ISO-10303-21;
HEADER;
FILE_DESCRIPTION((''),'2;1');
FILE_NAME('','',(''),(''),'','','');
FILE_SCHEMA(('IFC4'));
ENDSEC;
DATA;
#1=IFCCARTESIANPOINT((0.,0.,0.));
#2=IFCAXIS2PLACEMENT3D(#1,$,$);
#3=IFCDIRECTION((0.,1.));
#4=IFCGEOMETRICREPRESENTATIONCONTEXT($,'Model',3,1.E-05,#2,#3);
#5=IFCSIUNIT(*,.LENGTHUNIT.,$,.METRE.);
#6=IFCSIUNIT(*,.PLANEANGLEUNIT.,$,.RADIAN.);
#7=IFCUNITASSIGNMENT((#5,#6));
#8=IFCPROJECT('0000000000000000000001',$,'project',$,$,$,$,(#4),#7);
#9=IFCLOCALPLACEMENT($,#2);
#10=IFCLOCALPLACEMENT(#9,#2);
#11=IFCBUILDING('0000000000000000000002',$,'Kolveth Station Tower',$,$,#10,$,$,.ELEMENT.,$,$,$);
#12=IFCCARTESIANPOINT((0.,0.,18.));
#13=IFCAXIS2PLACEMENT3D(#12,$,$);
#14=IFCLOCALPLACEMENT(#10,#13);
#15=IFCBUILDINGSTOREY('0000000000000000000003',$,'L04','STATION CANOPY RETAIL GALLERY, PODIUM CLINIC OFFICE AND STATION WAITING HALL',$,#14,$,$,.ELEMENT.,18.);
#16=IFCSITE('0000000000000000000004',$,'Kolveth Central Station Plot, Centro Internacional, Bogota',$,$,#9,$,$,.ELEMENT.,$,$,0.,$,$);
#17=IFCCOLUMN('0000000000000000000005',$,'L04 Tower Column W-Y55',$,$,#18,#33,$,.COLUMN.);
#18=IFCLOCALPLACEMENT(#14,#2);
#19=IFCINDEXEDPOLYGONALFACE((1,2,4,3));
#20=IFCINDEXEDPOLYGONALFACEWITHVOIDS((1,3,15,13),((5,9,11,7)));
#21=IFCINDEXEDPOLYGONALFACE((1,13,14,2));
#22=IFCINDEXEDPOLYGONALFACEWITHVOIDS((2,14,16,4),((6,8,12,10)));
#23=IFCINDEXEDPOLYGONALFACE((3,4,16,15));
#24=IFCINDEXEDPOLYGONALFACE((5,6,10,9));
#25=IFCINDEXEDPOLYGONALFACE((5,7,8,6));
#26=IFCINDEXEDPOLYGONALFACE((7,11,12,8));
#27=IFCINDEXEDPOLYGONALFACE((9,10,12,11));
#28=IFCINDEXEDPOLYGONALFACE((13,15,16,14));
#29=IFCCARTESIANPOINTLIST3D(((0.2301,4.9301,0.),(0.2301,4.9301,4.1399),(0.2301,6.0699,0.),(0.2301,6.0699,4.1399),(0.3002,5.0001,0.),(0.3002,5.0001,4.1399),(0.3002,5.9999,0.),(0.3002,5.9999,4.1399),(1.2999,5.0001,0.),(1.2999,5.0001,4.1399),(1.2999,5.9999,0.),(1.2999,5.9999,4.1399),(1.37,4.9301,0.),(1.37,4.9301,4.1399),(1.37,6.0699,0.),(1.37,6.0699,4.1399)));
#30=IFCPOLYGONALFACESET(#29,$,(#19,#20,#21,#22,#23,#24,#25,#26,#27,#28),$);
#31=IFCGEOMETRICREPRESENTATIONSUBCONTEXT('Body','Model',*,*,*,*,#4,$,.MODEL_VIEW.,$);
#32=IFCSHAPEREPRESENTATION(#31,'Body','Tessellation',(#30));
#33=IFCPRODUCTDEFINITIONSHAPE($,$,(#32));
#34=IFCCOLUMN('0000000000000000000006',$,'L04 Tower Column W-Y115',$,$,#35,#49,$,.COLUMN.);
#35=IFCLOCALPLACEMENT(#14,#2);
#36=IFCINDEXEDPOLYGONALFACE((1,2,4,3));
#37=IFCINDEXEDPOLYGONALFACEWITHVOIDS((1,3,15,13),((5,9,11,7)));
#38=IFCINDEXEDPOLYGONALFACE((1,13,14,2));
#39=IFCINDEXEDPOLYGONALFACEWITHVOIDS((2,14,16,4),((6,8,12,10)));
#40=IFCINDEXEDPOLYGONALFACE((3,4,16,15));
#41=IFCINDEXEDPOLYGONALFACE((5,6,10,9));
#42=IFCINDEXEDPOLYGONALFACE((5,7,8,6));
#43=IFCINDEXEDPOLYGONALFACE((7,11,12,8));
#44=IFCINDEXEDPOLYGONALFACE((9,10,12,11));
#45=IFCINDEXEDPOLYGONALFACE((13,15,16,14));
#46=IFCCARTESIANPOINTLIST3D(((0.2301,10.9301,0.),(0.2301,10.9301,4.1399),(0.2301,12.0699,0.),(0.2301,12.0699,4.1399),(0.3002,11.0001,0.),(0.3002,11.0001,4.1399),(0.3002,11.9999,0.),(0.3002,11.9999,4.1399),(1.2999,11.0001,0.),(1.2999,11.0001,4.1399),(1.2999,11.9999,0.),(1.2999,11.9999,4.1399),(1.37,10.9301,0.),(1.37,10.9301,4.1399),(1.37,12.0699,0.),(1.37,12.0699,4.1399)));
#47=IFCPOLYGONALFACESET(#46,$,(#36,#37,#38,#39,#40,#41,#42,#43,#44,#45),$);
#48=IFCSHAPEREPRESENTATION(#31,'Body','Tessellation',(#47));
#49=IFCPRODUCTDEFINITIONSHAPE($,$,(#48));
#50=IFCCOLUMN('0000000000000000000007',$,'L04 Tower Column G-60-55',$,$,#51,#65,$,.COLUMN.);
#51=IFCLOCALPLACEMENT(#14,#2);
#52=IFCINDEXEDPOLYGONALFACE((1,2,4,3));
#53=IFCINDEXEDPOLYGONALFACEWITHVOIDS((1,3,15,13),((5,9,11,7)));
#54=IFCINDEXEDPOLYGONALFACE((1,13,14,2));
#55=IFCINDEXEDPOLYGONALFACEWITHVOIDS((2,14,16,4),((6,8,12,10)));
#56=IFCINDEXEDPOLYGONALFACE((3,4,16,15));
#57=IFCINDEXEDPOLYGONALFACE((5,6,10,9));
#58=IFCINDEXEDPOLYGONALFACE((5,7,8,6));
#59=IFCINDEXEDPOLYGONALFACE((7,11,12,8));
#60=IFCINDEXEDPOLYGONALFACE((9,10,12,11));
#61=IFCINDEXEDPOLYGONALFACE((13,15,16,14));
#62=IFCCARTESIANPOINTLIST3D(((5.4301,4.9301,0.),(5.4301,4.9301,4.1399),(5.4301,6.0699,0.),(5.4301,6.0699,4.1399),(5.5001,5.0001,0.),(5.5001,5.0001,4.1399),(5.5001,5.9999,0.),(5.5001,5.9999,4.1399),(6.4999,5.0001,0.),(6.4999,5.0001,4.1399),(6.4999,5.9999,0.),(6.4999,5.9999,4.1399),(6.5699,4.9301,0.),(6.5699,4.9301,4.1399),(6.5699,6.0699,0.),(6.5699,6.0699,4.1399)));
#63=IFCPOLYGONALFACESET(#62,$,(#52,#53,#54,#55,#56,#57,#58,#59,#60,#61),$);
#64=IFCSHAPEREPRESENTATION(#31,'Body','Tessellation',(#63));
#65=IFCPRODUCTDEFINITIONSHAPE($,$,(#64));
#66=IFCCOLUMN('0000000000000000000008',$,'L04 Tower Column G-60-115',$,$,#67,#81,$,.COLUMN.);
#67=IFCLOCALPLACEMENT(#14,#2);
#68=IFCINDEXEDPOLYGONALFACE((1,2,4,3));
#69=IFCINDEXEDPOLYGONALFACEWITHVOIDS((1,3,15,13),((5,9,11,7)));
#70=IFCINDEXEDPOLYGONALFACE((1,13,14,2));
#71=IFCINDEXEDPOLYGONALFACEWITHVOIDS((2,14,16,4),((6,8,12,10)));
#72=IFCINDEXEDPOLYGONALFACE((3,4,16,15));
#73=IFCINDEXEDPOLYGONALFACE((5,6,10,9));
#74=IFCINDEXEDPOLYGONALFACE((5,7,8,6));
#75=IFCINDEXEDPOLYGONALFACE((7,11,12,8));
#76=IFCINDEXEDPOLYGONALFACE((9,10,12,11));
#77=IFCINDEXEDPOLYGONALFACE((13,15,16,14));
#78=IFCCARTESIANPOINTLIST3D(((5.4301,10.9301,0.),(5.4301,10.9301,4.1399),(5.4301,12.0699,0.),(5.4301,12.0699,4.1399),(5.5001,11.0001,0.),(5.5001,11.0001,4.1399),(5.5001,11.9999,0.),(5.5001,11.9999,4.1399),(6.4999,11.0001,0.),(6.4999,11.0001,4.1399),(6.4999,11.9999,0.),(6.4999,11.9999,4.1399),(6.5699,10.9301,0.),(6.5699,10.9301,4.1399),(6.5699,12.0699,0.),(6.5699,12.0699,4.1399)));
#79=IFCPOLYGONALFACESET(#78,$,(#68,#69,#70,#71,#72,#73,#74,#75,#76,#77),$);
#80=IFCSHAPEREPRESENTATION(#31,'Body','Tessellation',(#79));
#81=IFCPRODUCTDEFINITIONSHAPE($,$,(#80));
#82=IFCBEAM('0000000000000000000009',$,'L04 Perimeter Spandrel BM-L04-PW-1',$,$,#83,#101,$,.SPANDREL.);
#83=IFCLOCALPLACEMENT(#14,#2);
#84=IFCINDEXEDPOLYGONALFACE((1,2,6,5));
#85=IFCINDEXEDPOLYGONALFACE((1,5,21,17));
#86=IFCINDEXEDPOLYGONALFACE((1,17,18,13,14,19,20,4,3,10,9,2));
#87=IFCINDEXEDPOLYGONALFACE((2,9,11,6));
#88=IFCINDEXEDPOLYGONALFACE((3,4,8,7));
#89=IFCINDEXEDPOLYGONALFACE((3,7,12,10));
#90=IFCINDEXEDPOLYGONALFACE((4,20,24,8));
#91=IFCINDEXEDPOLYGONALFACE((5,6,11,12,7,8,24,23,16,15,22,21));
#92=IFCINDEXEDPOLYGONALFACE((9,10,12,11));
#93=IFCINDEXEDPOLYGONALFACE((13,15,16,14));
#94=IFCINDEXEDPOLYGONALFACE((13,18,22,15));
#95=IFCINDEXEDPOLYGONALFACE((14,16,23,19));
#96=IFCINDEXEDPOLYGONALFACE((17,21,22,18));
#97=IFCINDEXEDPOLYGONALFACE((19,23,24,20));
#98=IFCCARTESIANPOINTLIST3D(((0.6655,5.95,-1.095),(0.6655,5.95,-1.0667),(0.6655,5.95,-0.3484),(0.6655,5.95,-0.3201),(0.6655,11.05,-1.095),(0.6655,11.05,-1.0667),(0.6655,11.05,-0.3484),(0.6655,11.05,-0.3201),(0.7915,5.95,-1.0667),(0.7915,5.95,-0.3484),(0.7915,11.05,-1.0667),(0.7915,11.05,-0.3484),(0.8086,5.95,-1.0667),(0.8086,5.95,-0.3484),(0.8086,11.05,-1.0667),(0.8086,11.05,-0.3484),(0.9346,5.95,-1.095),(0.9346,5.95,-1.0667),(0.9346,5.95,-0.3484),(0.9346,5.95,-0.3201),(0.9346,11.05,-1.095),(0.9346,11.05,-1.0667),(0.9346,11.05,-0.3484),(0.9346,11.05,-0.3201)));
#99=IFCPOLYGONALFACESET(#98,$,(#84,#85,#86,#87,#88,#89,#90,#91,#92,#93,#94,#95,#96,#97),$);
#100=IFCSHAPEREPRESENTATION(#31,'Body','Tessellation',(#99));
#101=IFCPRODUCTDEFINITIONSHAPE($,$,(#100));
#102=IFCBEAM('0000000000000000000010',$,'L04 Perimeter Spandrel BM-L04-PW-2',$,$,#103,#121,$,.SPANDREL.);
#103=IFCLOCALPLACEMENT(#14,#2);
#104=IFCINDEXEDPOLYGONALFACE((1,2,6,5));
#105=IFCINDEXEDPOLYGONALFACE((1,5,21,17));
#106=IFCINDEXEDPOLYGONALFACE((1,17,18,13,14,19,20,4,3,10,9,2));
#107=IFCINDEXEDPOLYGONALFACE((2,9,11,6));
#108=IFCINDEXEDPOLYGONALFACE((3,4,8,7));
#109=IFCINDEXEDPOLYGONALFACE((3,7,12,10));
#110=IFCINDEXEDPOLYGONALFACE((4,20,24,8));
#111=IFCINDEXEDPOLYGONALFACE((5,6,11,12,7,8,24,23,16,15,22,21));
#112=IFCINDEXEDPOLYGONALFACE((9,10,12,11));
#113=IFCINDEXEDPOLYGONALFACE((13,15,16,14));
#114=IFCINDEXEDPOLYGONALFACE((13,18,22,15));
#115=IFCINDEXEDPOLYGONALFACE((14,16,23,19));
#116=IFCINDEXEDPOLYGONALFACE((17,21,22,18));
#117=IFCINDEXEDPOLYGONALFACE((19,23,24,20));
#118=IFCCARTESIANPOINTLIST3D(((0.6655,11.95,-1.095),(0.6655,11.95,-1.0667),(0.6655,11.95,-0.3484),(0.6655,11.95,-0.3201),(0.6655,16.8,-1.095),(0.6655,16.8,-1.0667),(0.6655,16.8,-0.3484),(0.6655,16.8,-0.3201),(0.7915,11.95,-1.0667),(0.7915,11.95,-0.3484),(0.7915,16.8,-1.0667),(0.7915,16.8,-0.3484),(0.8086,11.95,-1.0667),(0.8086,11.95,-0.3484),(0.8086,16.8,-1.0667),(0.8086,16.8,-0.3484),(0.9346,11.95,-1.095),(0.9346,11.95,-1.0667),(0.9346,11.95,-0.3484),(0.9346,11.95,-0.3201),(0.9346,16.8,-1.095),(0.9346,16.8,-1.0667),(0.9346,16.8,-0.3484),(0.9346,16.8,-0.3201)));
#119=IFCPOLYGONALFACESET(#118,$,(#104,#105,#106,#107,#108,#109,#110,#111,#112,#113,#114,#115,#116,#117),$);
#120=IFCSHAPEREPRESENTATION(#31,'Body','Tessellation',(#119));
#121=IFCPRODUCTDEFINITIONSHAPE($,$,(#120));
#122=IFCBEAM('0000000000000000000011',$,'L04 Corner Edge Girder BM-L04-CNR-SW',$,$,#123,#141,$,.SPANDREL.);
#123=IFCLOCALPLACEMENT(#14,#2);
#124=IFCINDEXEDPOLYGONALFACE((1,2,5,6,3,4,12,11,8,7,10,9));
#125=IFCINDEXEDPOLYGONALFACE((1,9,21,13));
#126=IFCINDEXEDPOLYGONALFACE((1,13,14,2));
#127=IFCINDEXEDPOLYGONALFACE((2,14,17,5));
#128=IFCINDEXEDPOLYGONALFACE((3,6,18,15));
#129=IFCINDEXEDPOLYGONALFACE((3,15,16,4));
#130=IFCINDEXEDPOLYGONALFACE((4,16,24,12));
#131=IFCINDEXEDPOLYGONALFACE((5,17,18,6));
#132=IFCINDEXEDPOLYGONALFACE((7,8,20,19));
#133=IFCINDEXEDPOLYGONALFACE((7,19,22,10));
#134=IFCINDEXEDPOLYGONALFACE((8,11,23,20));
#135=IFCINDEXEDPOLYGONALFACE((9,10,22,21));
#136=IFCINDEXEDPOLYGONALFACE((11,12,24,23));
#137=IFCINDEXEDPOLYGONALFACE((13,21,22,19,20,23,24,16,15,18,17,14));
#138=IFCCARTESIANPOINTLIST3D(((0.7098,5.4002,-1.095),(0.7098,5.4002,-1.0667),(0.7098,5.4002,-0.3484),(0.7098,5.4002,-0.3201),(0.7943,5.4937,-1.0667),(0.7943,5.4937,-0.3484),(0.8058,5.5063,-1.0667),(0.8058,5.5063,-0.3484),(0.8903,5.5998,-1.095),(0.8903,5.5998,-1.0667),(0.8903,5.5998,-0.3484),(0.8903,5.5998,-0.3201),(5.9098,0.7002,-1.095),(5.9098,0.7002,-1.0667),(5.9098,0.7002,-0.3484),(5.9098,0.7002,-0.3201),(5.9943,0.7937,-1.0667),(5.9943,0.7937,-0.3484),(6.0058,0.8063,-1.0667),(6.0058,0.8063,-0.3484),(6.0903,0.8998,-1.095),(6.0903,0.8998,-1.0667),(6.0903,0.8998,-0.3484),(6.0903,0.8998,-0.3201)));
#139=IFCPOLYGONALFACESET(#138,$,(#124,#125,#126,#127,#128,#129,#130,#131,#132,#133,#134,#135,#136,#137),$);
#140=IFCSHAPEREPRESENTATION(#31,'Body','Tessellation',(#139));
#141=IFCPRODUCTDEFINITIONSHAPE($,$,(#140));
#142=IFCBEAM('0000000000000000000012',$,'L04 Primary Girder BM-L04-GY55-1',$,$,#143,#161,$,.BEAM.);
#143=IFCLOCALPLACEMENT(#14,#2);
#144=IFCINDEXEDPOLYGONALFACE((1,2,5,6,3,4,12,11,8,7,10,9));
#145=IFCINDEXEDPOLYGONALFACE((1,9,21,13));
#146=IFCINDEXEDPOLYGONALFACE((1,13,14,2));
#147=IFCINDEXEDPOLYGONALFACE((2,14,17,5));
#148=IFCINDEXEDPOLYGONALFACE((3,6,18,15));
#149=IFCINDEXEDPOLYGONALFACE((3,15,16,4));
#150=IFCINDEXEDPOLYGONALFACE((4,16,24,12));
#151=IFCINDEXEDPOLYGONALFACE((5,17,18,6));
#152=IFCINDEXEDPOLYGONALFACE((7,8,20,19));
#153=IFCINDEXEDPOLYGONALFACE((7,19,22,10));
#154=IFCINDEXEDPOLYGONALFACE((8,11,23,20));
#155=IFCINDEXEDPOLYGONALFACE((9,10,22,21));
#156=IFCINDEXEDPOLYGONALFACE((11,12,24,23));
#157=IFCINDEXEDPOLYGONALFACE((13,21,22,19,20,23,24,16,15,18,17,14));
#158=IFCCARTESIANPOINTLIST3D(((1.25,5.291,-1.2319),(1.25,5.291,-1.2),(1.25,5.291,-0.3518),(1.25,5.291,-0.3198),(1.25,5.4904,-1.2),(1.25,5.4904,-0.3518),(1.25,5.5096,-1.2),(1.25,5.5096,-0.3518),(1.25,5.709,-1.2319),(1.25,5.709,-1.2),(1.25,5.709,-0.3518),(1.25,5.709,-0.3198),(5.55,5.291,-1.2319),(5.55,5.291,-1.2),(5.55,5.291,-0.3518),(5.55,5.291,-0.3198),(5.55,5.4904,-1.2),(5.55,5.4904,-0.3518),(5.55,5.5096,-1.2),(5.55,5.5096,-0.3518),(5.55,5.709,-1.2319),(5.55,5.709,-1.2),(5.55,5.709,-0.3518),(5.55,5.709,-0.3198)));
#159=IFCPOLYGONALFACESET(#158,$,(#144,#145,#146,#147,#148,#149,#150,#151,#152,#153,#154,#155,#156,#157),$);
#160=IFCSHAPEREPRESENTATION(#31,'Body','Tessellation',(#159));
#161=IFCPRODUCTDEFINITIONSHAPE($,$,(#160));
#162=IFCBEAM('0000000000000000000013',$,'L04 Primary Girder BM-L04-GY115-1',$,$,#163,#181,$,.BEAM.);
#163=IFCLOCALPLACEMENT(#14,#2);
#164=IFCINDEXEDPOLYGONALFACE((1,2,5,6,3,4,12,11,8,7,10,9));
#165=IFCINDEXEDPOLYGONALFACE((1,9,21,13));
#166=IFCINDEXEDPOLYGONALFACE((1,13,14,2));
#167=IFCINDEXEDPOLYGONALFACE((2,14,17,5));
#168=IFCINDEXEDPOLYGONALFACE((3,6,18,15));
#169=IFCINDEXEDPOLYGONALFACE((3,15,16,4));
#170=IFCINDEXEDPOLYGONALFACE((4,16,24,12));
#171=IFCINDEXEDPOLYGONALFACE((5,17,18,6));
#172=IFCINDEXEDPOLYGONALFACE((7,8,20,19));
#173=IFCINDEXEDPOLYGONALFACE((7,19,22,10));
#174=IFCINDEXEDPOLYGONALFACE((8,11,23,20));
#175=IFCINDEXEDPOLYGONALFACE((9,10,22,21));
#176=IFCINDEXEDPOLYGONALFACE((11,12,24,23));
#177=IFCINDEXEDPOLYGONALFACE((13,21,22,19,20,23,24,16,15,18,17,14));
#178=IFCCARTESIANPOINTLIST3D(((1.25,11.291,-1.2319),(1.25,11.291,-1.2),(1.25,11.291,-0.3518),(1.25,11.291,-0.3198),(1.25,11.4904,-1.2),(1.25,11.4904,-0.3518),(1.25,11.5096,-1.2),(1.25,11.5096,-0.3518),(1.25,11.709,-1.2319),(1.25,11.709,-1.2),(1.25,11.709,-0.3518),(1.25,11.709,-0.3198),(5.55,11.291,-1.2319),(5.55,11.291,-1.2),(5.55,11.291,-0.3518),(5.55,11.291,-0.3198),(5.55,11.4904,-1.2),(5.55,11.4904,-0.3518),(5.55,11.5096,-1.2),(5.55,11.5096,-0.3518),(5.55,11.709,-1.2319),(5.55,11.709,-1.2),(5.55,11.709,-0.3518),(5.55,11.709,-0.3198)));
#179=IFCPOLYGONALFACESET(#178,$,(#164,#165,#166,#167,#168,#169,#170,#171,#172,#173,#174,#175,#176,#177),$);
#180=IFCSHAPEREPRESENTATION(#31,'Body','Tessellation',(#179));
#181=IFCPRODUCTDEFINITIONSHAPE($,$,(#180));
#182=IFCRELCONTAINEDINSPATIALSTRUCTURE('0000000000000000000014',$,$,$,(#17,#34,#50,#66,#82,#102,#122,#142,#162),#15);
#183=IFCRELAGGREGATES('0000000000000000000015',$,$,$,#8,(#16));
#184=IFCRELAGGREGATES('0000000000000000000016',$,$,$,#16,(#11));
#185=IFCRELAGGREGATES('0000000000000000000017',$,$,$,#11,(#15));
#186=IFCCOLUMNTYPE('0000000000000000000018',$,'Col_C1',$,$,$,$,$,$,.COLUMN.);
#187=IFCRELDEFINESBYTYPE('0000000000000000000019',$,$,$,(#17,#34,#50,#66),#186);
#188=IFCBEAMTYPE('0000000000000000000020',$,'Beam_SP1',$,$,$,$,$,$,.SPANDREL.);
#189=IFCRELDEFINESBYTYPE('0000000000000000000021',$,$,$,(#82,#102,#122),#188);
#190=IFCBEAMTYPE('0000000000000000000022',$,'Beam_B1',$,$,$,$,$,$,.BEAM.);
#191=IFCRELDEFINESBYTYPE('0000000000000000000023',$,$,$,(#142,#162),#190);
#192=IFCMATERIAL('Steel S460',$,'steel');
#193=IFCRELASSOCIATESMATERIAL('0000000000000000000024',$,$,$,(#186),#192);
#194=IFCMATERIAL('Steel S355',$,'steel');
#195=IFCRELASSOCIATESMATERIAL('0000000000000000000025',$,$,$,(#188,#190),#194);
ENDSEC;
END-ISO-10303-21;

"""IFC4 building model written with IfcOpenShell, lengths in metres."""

from ifc_helpers import new_model, si_unit, direction, frame, origin, origin_2d, place, context, subcontext, project, spatial, hollow_rectangle, i_section, extrude, source, transform, mapped, material, material_profile, profile_set, type_object, element, save


model = new_model("IFC4")

# Units and contexts
model_context = context("Model", 3, precision=1e-05, world=origin(), true_north=direction((0.0, 1.0)))
body_context = subcontext(model_context, "Body", "Model", "MODEL_VIEW")
ifc_project = project(units=[si_unit("LENGTHUNIT", "METRE"), si_unit("PLANEANGLEUNIT", "RADIAN")], contexts=[model_context])

# Site, building, storey
site_placement = place(None, origin())
site = spatial("IfcSite", under=ifc_project, at=site_placement, Name="Kolveth Central Station Plot, Centro Internacional, Bogota", CompositionType="ELEMENT", RefElevation=0.0)
building_placement = place(site_placement, origin())
building = spatial("IfcBuilding", under=site, at=building_placement, Name="Kolveth Station Tower", CompositionType="ELEMENT")
storey_placement = place(building_placement, frame((0.0, 0.0, 18.0)))
storey = spatial("IfcBuildingStorey", under=building, at=storey_placement, Name="L04", Description="STATION CANOPY RETAIL GALLERY, PODIUM CLINIC OFFICE AND STATION WAITING HALL", CompositionType="ELEMENT", Elevation=18.0)

# Columns
ifc_material_1 = material(Name="Steel S460", Category="steel")
ifc_material_profile_1 = material_profile(ifc_material_1, hollow_rectangle(XDim=1.1399, YDim=1.1399, WallThickness=0.0701, at=origin_2d()), Name="BOX1140x1140x70")
ifc_profile_set_1 = profile_set([ifc_material_profile_1], Name="Steel S460")
column_type = type_object("IfcColumnType", Name="Col_C1", PredefinedType="COLUMN", material=ifc_profile_set_1)
shared_shape_1 = source(origin(), body_context, "Body", "SweptSolid", [
    extrude(hollow_rectangle(XDim=1.1399, YDim=1.1399, WallThickness=0.0701, at=origin_2d()), origin(), (0.0, 0.0, 1.0), 4.1399),
])
for number, where, z_axis, x_axis, name in (
    (1, (0.8, 5.5, 0.0), (0.0, 0.0, 1.0), (1.0, 0.0, 0.0), "L04 Tower Column W-Y55"),
    (2, (0.8, 11.5, 0.0), (0.0, 0.0, 1.0), (1.0, 0.0, 0.0), "L04 Tower Column W-Y115"),
    (3, (6.0, 5.5, 0.0), (0.0, 0.0, 1.0), (1.0, 0.0, 0.0), "L04 Tower Column G-60-55"),
    (4, (6.0, 11.5, 0.0), (0.0, 0.0, 1.0), (1.0, 0.0, 0.0), "L04 Tower Column G-60-115"),
):
    element("IfcColumn", number, at=place(storey_placement, frame(where, z_axis=z_axis, x_axis=x_axis)), inside=storey, type_object=column_type, Name=name, PredefinedType="COLUMN", context=body_context, shape_type="MappedRepresentation", body=[
        mapped(shared_shape_1, transform((0.0, 0.0, 0.0), x_axis=(1.0, 0.0, 0.0), y_axis=(0.0, 1.0, 0.0), z_axis=(0.0, 0.0, 1.0), scale=1.0)),
    ])

# Beams
ifc_material_2 = material(Name="Steel S355", Category="steel")
ifc_material_profile_2 = material_profile(ifc_material_2, i_section(OverallWidth=0.269, OverallDepth=0.7749, WebThickness=0.0171, FlangeThickness=0.0283, at=origin_2d()), Name="W760x220")
ifc_profile_set_2 = profile_set([ifc_material_profile_2], Name="Steel S355")
beam_type_1 = type_object("IfcBeamType", Name="Beam_SP1", PredefinedType="SPANDREL", material=ifc_profile_set_2)
shared_shape_2 = source(origin(), body_context, "Body", "SweptSolid", [
    extrude(i_section(OverallWidth=0.269, OverallDepth=0.7749, WebThickness=0.0171, FlangeThickness=0.0283, at=origin_2d()), origin(), (0.0, 0.0, 1.0), 5.1001),
])
beam_1_placement = place(storey_placement, frame((0.8, 5.95, -0.7075), z_axis=(0.0, 1.0, 0.0), x_axis=(-1.0, 0.0, 0.0)))
element("IfcBeam", 5, at=beam_1_placement, inside=storey, type_object=beam_type_1, Name="L04 Perimeter Spandrel BM-L04-PW-1", PredefinedType="SPANDREL", context=body_context, shape_type="MappedRepresentation", body=[
    mapped(shared_shape_2, transform((0.0, 0.0, 0.0), x_axis=(1.0, 0.0, 0.0), y_axis=(0.0, 1.0, 0.0), z_axis=(0.0, 0.0, 1.0), scale=1.0)),
])
shared_shape_3 = source(origin(), body_context, "Body", "SweptSolid", [
    extrude(i_section(OverallWidth=0.269, OverallDepth=0.7749, WebThickness=0.0171, FlangeThickness=0.0283, at=origin_2d()), origin(), (0.0, 0.0, 1.0), 4.8501),
])
beam_2_placement = place(storey_placement, frame((0.8, 11.95, -0.7075), z_axis=(0.0, 1.0, 0.0), x_axis=(-1.0, 0.0, 0.0)))
element("IfcBeam", 6, at=beam_2_placement, inside=storey, type_object=beam_type_1, Name="L04 Perimeter Spandrel BM-L04-PW-2", PredefinedType="SPANDREL", context=body_context, shape_type="MappedRepresentation", body=[
    mapped(shared_shape_3, transform((0.0, 0.0, 0.0), x_axis=(1.0, 0.0, 0.0), y_axis=(0.0, 1.0, 0.0), z_axis=(0.0, 0.0, 1.0), scale=1.0)),
])
shared_shape_4 = source(origin(), body_context, "Body", "SweptSolid", [
    extrude(i_section(OverallWidth=0.269, OverallDepth=0.7749, WebThickness=0.0171, FlangeThickness=0.0283, at=origin_2d()), origin(), (0.0, 0.0, 1.0), 7.0093),
])
beam_3_placement = place(storey_placement, frame((0.8, 5.5, -0.7075), z_axis=(0.741874, -0.670539, 0.0), x_axis=(0.670539, 0.741874, 0.0)))
element("IfcBeam", 7, at=beam_3_placement, inside=storey, type_object=beam_type_1, Name="L04 Corner Edge Girder BM-L04-CNR-SW", PredefinedType="SPANDREL", context=body_context, shape_type="MappedRepresentation", body=[
    mapped(shared_shape_4, transform((0.0, 0.0, 0.0), x_axis=(1.0, 0.0, 0.0), y_axis=(0.0, 1.0, 0.0), z_axis=(0.0, 0.0, 1.0), scale=1.0)),
])
ifc_material_profile_3 = material_profile(ifc_material_2, i_section(OverallWidth=0.418, OverallDepth=0.9121, WebThickness=0.0193, FlangeThickness=0.032, at=origin_2d()), Name="W920x342")
ifc_profile_set_3 = profile_set([ifc_material_profile_3], Name="Steel S355")
beam_type_2 = type_object("IfcBeamType", Name="Beam_B1", PredefinedType="BEAM", material=ifc_profile_set_3)
shared_shape_5 = source(origin(), body_context, "Body", "SweptSolid", [
    extrude(i_section(OverallWidth=0.418, OverallDepth=0.9121, WebThickness=0.0193, FlangeThickness=0.032, at=origin_2d()), origin(), (0.0, 0.0, 1.0), 4.3),
])
for number, where, z_axis, x_axis, name in (
    (8, (1.25, 5.5, -0.7759), (1.0, 0.0, 0.0), (0.0, 1.0, 0.0), "L04 Primary Girder BM-L04-GY55-1"),
    (9, (1.25, 11.5, -0.7759), (1.0, 0.0, 0.0), (0.0, 1.0, 0.0), "L04 Primary Girder BM-L04-GY115-1"),
):
    element("IfcBeam", number, at=place(storey_placement, frame(where, z_axis=z_axis, x_axis=x_axis)), inside=storey, type_object=beam_type_2, Name=name, PredefinedType="BEAM", context=body_context, shape_type="MappedRepresentation", body=[
        mapped(shared_shape_5, transform((0.0, 0.0, 0.0), x_axis=(1.0, 0.0, 0.0), y_axis=(0.0, 1.0, 0.0), z_axis=(0.0, 0.0, 1.0), scale=1.0)),
    ])

save(model, "model.ifc")
